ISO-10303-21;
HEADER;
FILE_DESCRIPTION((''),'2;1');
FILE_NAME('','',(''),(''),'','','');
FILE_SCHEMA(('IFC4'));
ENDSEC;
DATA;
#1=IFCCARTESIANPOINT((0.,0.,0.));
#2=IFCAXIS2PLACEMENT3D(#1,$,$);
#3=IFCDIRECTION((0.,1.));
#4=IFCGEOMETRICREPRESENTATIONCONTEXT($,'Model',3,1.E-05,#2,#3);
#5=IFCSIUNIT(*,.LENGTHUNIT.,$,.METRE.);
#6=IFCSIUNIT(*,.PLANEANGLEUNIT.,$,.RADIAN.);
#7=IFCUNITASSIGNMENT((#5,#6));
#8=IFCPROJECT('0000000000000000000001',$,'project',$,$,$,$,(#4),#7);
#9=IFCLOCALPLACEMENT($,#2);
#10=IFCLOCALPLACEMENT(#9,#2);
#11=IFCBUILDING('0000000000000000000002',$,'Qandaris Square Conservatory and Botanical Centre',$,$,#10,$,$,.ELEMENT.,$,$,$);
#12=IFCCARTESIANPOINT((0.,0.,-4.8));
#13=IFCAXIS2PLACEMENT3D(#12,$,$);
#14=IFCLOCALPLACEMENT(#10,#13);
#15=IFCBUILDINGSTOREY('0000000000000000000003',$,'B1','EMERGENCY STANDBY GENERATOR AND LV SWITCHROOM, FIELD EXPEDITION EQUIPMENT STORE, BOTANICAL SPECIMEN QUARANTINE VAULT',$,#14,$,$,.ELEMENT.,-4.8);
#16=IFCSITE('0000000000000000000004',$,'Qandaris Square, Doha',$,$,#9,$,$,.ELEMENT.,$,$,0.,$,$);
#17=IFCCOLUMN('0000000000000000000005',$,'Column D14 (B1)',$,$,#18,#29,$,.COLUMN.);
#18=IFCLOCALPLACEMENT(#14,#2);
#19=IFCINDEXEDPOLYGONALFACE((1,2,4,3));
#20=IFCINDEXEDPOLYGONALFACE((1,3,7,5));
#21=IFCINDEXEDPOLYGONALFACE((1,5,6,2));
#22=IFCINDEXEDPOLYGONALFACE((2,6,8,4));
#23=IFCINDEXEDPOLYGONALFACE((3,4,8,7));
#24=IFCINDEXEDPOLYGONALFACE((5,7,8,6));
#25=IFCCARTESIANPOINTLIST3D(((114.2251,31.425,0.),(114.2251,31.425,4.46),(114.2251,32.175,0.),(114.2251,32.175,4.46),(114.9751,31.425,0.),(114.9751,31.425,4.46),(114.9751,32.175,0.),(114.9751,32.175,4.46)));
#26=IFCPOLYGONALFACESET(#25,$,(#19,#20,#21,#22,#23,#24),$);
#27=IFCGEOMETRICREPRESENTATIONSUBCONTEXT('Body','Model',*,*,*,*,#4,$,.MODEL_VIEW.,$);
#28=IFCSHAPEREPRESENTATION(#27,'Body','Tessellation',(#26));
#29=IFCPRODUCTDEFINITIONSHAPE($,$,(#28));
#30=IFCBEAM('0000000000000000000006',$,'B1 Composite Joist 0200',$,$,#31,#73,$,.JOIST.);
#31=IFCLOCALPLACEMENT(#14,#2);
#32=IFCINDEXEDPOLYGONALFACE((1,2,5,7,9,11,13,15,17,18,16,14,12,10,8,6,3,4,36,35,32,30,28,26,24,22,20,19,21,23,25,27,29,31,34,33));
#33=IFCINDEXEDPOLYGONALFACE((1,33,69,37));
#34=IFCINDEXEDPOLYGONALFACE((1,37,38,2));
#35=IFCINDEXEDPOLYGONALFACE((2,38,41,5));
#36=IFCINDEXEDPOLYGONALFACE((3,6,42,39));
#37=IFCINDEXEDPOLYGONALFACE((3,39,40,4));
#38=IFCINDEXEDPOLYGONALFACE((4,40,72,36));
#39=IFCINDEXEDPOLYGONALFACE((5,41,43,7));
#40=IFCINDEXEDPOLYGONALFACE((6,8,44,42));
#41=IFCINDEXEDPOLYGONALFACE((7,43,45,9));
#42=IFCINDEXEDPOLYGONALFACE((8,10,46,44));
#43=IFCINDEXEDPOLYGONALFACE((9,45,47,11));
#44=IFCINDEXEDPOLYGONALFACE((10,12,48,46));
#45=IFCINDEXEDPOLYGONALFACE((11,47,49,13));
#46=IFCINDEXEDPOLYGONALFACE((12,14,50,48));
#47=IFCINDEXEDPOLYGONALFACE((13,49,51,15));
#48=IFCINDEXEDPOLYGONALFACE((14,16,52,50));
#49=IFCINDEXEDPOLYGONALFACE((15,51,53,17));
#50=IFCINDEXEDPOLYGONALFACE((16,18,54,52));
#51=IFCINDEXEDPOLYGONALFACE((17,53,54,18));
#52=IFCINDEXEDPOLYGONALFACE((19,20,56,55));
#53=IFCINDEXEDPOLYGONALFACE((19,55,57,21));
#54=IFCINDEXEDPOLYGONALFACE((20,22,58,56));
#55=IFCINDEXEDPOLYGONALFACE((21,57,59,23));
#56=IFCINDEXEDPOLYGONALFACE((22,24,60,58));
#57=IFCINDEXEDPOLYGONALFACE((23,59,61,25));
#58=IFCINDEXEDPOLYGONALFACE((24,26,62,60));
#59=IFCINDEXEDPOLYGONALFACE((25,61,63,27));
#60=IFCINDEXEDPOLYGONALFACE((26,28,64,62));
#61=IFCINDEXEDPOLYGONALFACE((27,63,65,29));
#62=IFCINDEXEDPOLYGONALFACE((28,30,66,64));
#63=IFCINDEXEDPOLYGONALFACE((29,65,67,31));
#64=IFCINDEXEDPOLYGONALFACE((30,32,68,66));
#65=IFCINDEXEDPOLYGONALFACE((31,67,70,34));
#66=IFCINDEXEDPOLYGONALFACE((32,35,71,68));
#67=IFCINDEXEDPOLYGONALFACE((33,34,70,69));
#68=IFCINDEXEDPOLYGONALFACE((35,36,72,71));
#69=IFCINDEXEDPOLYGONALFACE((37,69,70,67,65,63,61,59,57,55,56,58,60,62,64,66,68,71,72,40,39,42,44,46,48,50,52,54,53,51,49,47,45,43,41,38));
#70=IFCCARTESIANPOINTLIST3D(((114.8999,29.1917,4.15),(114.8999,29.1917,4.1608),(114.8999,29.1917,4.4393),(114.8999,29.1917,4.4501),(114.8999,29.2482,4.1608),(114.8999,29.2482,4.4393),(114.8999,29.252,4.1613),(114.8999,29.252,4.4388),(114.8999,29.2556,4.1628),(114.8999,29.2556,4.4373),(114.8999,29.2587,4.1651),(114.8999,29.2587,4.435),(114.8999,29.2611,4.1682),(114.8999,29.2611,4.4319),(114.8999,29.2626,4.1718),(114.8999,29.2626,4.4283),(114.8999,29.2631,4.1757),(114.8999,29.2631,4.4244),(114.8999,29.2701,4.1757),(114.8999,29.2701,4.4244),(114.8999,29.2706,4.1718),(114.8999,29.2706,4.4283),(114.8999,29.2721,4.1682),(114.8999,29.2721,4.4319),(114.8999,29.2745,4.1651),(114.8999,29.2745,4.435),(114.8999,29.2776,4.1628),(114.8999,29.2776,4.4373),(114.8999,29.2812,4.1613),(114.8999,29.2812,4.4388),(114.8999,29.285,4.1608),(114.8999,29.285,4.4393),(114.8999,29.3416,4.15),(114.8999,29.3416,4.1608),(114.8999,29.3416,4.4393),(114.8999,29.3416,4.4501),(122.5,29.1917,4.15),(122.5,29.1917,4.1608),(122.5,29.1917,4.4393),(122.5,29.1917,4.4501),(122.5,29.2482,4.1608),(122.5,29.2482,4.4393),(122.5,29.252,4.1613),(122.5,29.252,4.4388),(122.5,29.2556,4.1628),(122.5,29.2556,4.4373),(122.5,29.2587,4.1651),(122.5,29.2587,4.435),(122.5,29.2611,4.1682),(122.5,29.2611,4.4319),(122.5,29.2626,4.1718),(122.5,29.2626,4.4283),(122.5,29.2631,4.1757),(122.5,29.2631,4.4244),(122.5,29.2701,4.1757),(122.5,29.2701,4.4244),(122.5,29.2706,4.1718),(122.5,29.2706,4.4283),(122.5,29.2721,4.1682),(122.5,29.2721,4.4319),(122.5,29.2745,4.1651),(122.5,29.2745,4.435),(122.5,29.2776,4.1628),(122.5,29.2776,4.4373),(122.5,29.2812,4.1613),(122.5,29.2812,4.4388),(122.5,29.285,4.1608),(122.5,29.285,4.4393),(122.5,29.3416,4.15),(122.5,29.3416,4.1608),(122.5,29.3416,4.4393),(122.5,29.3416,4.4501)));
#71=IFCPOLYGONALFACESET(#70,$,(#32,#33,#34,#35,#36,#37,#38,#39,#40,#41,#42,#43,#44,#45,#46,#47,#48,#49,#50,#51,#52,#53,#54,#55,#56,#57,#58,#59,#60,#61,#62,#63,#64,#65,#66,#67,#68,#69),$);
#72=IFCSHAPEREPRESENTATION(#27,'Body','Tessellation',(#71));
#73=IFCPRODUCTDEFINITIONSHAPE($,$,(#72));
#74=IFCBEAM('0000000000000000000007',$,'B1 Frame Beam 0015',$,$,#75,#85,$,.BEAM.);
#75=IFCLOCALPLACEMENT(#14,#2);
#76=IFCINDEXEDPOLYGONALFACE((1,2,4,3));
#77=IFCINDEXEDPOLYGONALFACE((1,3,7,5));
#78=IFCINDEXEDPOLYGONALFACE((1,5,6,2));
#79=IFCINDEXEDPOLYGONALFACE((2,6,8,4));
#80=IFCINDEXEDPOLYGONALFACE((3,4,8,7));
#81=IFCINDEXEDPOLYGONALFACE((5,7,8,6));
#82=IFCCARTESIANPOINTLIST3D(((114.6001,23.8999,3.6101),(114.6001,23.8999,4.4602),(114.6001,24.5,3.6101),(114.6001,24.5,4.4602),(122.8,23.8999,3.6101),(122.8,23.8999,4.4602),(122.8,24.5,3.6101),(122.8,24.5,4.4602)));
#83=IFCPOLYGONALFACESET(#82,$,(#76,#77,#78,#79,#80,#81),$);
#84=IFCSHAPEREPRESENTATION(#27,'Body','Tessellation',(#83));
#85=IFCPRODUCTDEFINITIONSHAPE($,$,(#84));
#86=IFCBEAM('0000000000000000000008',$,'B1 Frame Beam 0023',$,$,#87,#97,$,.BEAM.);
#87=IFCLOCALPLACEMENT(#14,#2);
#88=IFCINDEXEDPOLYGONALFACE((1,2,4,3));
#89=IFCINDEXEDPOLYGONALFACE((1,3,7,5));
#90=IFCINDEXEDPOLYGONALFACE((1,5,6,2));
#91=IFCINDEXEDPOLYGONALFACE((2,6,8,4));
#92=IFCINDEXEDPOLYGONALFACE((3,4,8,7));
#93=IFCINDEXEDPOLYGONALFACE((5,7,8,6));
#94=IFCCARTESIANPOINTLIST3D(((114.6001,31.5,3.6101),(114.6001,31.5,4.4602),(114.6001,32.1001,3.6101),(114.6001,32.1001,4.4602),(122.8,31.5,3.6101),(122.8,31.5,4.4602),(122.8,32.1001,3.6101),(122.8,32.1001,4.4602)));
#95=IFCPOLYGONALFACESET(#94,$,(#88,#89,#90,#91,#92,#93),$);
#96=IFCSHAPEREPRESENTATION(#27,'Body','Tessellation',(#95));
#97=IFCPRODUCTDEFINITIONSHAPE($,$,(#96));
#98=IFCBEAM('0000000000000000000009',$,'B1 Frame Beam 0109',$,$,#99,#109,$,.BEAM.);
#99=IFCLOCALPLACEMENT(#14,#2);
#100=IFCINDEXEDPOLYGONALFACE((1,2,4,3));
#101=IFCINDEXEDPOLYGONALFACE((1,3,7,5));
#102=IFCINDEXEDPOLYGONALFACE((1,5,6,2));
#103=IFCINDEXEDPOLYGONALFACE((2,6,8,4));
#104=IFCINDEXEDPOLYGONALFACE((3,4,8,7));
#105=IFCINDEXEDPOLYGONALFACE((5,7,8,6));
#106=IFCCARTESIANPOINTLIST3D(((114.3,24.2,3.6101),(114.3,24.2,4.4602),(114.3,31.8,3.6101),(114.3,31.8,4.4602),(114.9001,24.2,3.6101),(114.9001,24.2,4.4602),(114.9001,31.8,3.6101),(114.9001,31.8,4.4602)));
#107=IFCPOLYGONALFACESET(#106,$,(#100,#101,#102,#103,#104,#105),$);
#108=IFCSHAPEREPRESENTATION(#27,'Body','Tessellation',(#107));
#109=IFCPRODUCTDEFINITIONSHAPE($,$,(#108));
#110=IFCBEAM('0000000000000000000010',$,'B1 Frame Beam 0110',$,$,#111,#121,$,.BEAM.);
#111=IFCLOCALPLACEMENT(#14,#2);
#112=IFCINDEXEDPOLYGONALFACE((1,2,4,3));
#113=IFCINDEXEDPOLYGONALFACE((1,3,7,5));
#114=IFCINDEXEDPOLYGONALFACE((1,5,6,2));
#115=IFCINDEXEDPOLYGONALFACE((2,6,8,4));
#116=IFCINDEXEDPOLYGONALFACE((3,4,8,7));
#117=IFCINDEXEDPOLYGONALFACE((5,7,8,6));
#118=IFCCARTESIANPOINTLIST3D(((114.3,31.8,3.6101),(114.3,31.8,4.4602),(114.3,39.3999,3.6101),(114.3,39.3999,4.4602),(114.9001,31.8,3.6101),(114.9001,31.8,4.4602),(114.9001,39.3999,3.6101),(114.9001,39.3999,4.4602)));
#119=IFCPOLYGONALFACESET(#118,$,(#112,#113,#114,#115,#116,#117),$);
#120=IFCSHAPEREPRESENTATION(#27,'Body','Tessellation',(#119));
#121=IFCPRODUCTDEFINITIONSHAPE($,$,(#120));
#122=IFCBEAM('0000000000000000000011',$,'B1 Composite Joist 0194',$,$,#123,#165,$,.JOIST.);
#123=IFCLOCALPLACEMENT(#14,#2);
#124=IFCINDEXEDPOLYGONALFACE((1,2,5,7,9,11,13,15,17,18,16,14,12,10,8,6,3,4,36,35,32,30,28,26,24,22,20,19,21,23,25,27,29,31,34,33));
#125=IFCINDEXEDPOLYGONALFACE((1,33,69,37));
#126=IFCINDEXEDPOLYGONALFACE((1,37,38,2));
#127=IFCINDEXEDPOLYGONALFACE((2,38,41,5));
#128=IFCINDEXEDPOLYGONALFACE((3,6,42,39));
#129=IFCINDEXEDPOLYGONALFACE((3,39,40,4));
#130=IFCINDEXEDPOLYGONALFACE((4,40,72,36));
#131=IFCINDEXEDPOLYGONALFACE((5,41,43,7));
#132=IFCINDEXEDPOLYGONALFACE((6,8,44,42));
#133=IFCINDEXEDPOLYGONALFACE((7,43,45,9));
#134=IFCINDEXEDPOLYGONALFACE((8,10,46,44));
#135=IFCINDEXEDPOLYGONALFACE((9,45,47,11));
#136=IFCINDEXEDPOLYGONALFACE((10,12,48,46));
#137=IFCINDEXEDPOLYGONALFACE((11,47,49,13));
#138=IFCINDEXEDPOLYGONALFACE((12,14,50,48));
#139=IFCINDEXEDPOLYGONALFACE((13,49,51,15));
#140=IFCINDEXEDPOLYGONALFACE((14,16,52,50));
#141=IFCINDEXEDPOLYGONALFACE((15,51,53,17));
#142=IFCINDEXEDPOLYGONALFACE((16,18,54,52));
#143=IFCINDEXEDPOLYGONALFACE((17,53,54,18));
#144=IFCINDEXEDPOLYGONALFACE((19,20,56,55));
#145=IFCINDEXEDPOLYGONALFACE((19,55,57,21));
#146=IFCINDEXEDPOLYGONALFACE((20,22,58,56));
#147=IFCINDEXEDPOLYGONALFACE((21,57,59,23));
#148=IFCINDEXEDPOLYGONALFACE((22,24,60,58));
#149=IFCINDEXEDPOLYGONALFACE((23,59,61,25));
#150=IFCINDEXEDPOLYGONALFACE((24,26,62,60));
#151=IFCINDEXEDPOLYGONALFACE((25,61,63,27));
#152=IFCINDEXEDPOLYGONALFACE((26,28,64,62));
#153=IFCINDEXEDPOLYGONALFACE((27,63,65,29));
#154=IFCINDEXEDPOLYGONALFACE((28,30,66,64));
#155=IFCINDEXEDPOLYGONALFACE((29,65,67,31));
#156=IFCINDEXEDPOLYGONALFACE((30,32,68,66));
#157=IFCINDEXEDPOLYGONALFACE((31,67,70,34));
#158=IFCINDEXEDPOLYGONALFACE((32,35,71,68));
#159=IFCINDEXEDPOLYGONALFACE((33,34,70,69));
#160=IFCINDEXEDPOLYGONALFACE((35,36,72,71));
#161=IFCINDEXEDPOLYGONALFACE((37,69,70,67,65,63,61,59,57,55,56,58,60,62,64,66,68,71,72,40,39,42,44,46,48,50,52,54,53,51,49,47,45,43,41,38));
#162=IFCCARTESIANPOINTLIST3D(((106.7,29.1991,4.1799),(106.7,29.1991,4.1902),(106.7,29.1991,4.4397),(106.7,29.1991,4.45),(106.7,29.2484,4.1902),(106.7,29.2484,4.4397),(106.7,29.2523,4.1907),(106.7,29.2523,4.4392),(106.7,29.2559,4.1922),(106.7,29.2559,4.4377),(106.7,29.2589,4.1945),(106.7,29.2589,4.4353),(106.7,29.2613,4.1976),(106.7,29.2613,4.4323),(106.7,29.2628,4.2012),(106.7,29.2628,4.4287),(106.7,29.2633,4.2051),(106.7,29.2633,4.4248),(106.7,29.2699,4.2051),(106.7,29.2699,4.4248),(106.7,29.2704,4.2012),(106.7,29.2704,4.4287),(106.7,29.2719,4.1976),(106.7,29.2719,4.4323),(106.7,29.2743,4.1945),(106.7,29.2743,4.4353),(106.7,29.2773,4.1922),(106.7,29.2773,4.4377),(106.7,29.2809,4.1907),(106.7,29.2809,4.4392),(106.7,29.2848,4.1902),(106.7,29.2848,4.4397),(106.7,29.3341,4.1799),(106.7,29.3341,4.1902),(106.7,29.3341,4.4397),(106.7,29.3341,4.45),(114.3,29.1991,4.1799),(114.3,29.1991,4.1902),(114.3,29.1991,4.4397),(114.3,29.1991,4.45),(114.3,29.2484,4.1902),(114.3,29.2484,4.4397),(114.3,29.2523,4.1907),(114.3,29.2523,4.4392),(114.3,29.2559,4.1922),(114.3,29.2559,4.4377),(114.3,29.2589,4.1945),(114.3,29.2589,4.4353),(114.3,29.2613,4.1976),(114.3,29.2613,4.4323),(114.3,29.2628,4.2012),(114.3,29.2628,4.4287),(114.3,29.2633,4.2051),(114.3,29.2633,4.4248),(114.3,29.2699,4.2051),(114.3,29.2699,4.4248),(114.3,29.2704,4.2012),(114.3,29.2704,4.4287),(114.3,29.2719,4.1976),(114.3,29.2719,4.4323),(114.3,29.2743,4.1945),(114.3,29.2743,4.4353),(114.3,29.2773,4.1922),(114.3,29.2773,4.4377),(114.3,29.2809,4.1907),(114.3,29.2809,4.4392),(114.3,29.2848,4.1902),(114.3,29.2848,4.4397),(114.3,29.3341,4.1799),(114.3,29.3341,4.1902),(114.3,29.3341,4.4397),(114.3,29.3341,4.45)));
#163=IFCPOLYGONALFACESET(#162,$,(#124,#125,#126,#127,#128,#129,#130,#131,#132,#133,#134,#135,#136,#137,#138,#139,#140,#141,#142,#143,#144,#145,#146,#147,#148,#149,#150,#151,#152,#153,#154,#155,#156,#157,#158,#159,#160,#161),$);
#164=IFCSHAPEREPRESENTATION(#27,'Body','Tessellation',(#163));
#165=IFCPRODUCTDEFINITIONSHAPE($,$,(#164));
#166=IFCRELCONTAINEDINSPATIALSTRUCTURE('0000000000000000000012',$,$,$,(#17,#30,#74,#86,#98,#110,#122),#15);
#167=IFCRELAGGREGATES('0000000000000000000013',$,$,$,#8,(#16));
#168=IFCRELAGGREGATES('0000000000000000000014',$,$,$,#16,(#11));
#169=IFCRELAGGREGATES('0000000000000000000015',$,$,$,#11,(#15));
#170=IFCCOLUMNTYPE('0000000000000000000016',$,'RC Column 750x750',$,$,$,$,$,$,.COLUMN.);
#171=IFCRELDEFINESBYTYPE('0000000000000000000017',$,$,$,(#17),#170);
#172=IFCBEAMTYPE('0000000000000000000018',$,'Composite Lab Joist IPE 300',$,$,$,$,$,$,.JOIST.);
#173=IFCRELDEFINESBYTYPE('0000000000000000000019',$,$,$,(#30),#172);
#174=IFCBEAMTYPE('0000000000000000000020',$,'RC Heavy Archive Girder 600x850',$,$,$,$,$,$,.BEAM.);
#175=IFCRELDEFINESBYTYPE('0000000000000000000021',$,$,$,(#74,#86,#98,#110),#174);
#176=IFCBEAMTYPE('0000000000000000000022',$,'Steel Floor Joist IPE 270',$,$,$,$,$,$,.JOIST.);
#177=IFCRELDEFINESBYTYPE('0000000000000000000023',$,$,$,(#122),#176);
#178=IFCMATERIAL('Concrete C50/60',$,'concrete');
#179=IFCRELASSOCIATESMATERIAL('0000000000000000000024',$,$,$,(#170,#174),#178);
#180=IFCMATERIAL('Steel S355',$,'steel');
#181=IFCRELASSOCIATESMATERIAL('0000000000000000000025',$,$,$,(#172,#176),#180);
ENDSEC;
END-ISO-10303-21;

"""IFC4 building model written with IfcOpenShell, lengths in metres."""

from ifc_helpers import new_model, si_unit, direction, frame, origin, origin_2d, place, context, subcontext, project, spatial, rectangle, i_section, extrude, material, material_profile, profile_set, type_object, element, save


model = new_model("IFC4")

# Units and contexts
model_context = context("Model", 3, precision=1e-05, world=origin(), true_north=direction((0.0, 1.0)))
body_context = subcontext(model_context, "Body", "Model", "MODEL_VIEW")
ifc_project = project(units=[si_unit("LENGTHUNIT", "METRE"), si_unit("PLANEANGLEUNIT", "RADIAN")], contexts=[model_context])

# Site, building, storey
site_placement = place(None, origin())
site = spatial("IfcSite", under=ifc_project, at=site_placement, Name="Qandaris Square, Doha", CompositionType="ELEMENT", RefElevation=0.0)
building_placement = place(site_placement, origin())
building = spatial("IfcBuilding", under=site, at=building_placement, Name="Qandaris Square Conservatory and Botanical Centre", CompositionType="ELEMENT")
storey_placement = place(building_placement, frame((0.0, 0.0, -4.8)))
storey = spatial("IfcBuildingStorey", under=building, at=storey_placement, Name="B1", Description="EMERGENCY STANDBY GENERATOR AND LV SWITCHROOM, FIELD EXPEDITION EQUIPMENT STORE, BOTANICAL SPECIMEN QUARANTINE VAULT", CompositionType="ELEMENT", Elevation=-4.8)

# Shared definitions
ifc_material_1 = material(Name="Concrete C50/60", Category="concrete")

# Column
ifc_material_profile_1 = material_profile(ifc_material_1, rectangle(XDim=0.75, YDim=0.75, at=origin_2d()), Name="RC-COL 750x750")
ifc_profile_set_1 = profile_set([ifc_material_profile_1], Name="Concrete C50/60")
column_type = type_object("IfcColumnType", Name="RC Column 750x750", PredefinedType="COLUMN", material=ifc_profile_set_1)
for number, where, z_axis, x_axis, name in (
    (1, (114.6001, 31.8, 0.0), (0.0, 0.0, 1.0), (1.0, 0.0, 0.0), "Column D14 (B1)"),
):
    element("IfcColumn", number, at=place(storey_placement, frame(where, z_axis=z_axis, x_axis=x_axis)), inside=storey, type_object=column_type, Name=name, PredefinedType="COLUMN", context=body_context, shape_type="SweptSolid", body=[
        extrude(rectangle(XDim=0.75, YDim=0.75, at=origin_2d()), origin(), (0.0, 0.0, 1.0), 4.46),
    ])

# Beams
ifc_material_2 = material(Name="Steel S355", Category="steel")
ifc_material_profile_2 = material_profile(ifc_material_2, i_section(OverallWidth=0.1499, OverallDepth=0.3, WebThickness=0.0071, FlangeThickness=0.0107, FilletRadius=0.0149, at=origin_2d()), Name="IPE 300")
ifc_profile_set_2 = profile_set([ifc_material_profile_2], Name="Steel S355")
beam_type_1 = type_object("IfcBeamType", Name="Composite Lab Joist IPE 300", PredefinedType="JOIST", material=ifc_profile_set_2)
beam_1_placement = place(storey_placement, frame((114.8999, 29.2666, 4.3), z_axis=(1.0, 0.0, 0.0), x_axis=(0.0, 1.0, 0.0)))
element("IfcBeam", 2, at=beam_1_placement, inside=storey, type_object=beam_type_1, Name="B1 Composite Joist 0200", PredefinedType="JOIST", context=body_context, shape_type="SweptSolid", body=[
    extrude(i_section(OverallWidth=0.1499, OverallDepth=0.3, WebThickness=0.0071, FlangeThickness=0.0107, FilletRadius=0.0149, at=origin_2d()), origin(), (0.0, 0.0, 1.0), 7.6001),
])
ifc_material_profile_3 = material_profile(ifc_material_1, rectangle(XDim=0.6001, YDim=0.8501, at=origin_2d()), Name="RC-BM 600x850")
ifc_profile_set_3 = profile_set([ifc_material_profile_3], Name="Concrete C50/60")
beam_type_2 = type_object("IfcBeamType", Name="RC Heavy Archive Girder 600x850", PredefinedType="BEAM", material=ifc_profile_set_3)
for number, where, z_axis, x_axis, name in (
    (3, (114.6001, 24.2, 4.0352), (1.0, 0.0, 0.0), (0.0, 1.0, 0.0), "B1 Frame Beam 0015"),
    (4, (114.6001, 31.8, 4.0352), (1.0, 0.0, 0.0), (0.0, 1.0, 0.0), "B1 Frame Beam 0023"),
):
    element("IfcBeam", number, at=place(storey_placement, frame(where, z_axis=z_axis, x_axis=x_axis)), inside=storey, type_object=beam_type_2, Name=name, PredefinedType="BEAM", context=body_context, shape_type="SweptSolid", body=[
        extrude(rectangle(XDim=0.6001, YDim=0.8501, at=origin_2d()), origin(), (0.0, 0.0, 1.0), 8.2),
    ])
beam_2_placement = place(storey_placement, frame((114.6001, 24.2, 4.0352), z_axis=(0.0, 1.0, 0.0), x_axis=(-1.0, 0.0, 0.0)))
element("IfcBeam", 5, at=beam_2_placement, inside=storey, type_object=beam_type_2, Name="B1 Frame Beam 0109", PredefinedType="BEAM", context=body_context, shape_type="SweptSolid", body=[
    extrude(rectangle(XDim=0.6001, YDim=0.8501, at=origin_2d()), origin(), (0.0, 0.0, 1.0), 7.6001),
])
beam_3_placement = place(storey_placement, frame((114.6001, 31.8, 4.0352), z_axis=(0.0, 1.0, 0.0), x_axis=(-1.0, 0.0, 0.0)))
element("IfcBeam", 6, at=beam_3_placement, inside=storey, type_object=beam_type_2, Name="B1 Frame Beam 0110", PredefinedType="BEAM", context=body_context, shape_type="SweptSolid", body=[
    extrude(rectangle(XDim=0.6001, YDim=0.8501, at=origin_2d()), origin(), (0.0, 0.0, 1.0), 7.5999),
])
ifc_material_profile_4 = material_profile(ifc_material_2, i_section(OverallWidth=0.135, OverallDepth=0.27, WebThickness=0.0066, FlangeThickness=0.0103, FilletRadius=0.0149, at=origin_2d()), Name="IPE 270")
ifc_profile_set_4 = profile_set([ifc_material_profile_4], Name="Steel S355")
beam_type_3 = type_object("IfcBeamType", Name="Steel Floor Joist IPE 270", PredefinedType="JOIST", material=ifc_profile_set_4)
for number, where, z_axis, x_axis, name in (
    (7, (106.7, 29.2666, 4.3149), (1.0, 0.0, 0.0), (0.0, 1.0, 0.0), "B1 Composite Joist 0194"),
):
    element("IfcBeam", number, at=place(storey_placement, frame(where, z_axis=z_axis, x_axis=x_axis)), inside=storey, type_object=beam_type_3, Name=name, PredefinedType="JOIST", context=body_context, shape_type="SweptSolid", body=[
        extrude(i_section(OverallWidth=0.135, OverallDepth=0.27, WebThickness=0.0066, FlangeThickness=0.0103, FilletRadius=0.0149, at=origin_2d()), origin(), (0.0, 0.0, 1.0), 7.6001),
    ])

save(model, "model.ifc")
